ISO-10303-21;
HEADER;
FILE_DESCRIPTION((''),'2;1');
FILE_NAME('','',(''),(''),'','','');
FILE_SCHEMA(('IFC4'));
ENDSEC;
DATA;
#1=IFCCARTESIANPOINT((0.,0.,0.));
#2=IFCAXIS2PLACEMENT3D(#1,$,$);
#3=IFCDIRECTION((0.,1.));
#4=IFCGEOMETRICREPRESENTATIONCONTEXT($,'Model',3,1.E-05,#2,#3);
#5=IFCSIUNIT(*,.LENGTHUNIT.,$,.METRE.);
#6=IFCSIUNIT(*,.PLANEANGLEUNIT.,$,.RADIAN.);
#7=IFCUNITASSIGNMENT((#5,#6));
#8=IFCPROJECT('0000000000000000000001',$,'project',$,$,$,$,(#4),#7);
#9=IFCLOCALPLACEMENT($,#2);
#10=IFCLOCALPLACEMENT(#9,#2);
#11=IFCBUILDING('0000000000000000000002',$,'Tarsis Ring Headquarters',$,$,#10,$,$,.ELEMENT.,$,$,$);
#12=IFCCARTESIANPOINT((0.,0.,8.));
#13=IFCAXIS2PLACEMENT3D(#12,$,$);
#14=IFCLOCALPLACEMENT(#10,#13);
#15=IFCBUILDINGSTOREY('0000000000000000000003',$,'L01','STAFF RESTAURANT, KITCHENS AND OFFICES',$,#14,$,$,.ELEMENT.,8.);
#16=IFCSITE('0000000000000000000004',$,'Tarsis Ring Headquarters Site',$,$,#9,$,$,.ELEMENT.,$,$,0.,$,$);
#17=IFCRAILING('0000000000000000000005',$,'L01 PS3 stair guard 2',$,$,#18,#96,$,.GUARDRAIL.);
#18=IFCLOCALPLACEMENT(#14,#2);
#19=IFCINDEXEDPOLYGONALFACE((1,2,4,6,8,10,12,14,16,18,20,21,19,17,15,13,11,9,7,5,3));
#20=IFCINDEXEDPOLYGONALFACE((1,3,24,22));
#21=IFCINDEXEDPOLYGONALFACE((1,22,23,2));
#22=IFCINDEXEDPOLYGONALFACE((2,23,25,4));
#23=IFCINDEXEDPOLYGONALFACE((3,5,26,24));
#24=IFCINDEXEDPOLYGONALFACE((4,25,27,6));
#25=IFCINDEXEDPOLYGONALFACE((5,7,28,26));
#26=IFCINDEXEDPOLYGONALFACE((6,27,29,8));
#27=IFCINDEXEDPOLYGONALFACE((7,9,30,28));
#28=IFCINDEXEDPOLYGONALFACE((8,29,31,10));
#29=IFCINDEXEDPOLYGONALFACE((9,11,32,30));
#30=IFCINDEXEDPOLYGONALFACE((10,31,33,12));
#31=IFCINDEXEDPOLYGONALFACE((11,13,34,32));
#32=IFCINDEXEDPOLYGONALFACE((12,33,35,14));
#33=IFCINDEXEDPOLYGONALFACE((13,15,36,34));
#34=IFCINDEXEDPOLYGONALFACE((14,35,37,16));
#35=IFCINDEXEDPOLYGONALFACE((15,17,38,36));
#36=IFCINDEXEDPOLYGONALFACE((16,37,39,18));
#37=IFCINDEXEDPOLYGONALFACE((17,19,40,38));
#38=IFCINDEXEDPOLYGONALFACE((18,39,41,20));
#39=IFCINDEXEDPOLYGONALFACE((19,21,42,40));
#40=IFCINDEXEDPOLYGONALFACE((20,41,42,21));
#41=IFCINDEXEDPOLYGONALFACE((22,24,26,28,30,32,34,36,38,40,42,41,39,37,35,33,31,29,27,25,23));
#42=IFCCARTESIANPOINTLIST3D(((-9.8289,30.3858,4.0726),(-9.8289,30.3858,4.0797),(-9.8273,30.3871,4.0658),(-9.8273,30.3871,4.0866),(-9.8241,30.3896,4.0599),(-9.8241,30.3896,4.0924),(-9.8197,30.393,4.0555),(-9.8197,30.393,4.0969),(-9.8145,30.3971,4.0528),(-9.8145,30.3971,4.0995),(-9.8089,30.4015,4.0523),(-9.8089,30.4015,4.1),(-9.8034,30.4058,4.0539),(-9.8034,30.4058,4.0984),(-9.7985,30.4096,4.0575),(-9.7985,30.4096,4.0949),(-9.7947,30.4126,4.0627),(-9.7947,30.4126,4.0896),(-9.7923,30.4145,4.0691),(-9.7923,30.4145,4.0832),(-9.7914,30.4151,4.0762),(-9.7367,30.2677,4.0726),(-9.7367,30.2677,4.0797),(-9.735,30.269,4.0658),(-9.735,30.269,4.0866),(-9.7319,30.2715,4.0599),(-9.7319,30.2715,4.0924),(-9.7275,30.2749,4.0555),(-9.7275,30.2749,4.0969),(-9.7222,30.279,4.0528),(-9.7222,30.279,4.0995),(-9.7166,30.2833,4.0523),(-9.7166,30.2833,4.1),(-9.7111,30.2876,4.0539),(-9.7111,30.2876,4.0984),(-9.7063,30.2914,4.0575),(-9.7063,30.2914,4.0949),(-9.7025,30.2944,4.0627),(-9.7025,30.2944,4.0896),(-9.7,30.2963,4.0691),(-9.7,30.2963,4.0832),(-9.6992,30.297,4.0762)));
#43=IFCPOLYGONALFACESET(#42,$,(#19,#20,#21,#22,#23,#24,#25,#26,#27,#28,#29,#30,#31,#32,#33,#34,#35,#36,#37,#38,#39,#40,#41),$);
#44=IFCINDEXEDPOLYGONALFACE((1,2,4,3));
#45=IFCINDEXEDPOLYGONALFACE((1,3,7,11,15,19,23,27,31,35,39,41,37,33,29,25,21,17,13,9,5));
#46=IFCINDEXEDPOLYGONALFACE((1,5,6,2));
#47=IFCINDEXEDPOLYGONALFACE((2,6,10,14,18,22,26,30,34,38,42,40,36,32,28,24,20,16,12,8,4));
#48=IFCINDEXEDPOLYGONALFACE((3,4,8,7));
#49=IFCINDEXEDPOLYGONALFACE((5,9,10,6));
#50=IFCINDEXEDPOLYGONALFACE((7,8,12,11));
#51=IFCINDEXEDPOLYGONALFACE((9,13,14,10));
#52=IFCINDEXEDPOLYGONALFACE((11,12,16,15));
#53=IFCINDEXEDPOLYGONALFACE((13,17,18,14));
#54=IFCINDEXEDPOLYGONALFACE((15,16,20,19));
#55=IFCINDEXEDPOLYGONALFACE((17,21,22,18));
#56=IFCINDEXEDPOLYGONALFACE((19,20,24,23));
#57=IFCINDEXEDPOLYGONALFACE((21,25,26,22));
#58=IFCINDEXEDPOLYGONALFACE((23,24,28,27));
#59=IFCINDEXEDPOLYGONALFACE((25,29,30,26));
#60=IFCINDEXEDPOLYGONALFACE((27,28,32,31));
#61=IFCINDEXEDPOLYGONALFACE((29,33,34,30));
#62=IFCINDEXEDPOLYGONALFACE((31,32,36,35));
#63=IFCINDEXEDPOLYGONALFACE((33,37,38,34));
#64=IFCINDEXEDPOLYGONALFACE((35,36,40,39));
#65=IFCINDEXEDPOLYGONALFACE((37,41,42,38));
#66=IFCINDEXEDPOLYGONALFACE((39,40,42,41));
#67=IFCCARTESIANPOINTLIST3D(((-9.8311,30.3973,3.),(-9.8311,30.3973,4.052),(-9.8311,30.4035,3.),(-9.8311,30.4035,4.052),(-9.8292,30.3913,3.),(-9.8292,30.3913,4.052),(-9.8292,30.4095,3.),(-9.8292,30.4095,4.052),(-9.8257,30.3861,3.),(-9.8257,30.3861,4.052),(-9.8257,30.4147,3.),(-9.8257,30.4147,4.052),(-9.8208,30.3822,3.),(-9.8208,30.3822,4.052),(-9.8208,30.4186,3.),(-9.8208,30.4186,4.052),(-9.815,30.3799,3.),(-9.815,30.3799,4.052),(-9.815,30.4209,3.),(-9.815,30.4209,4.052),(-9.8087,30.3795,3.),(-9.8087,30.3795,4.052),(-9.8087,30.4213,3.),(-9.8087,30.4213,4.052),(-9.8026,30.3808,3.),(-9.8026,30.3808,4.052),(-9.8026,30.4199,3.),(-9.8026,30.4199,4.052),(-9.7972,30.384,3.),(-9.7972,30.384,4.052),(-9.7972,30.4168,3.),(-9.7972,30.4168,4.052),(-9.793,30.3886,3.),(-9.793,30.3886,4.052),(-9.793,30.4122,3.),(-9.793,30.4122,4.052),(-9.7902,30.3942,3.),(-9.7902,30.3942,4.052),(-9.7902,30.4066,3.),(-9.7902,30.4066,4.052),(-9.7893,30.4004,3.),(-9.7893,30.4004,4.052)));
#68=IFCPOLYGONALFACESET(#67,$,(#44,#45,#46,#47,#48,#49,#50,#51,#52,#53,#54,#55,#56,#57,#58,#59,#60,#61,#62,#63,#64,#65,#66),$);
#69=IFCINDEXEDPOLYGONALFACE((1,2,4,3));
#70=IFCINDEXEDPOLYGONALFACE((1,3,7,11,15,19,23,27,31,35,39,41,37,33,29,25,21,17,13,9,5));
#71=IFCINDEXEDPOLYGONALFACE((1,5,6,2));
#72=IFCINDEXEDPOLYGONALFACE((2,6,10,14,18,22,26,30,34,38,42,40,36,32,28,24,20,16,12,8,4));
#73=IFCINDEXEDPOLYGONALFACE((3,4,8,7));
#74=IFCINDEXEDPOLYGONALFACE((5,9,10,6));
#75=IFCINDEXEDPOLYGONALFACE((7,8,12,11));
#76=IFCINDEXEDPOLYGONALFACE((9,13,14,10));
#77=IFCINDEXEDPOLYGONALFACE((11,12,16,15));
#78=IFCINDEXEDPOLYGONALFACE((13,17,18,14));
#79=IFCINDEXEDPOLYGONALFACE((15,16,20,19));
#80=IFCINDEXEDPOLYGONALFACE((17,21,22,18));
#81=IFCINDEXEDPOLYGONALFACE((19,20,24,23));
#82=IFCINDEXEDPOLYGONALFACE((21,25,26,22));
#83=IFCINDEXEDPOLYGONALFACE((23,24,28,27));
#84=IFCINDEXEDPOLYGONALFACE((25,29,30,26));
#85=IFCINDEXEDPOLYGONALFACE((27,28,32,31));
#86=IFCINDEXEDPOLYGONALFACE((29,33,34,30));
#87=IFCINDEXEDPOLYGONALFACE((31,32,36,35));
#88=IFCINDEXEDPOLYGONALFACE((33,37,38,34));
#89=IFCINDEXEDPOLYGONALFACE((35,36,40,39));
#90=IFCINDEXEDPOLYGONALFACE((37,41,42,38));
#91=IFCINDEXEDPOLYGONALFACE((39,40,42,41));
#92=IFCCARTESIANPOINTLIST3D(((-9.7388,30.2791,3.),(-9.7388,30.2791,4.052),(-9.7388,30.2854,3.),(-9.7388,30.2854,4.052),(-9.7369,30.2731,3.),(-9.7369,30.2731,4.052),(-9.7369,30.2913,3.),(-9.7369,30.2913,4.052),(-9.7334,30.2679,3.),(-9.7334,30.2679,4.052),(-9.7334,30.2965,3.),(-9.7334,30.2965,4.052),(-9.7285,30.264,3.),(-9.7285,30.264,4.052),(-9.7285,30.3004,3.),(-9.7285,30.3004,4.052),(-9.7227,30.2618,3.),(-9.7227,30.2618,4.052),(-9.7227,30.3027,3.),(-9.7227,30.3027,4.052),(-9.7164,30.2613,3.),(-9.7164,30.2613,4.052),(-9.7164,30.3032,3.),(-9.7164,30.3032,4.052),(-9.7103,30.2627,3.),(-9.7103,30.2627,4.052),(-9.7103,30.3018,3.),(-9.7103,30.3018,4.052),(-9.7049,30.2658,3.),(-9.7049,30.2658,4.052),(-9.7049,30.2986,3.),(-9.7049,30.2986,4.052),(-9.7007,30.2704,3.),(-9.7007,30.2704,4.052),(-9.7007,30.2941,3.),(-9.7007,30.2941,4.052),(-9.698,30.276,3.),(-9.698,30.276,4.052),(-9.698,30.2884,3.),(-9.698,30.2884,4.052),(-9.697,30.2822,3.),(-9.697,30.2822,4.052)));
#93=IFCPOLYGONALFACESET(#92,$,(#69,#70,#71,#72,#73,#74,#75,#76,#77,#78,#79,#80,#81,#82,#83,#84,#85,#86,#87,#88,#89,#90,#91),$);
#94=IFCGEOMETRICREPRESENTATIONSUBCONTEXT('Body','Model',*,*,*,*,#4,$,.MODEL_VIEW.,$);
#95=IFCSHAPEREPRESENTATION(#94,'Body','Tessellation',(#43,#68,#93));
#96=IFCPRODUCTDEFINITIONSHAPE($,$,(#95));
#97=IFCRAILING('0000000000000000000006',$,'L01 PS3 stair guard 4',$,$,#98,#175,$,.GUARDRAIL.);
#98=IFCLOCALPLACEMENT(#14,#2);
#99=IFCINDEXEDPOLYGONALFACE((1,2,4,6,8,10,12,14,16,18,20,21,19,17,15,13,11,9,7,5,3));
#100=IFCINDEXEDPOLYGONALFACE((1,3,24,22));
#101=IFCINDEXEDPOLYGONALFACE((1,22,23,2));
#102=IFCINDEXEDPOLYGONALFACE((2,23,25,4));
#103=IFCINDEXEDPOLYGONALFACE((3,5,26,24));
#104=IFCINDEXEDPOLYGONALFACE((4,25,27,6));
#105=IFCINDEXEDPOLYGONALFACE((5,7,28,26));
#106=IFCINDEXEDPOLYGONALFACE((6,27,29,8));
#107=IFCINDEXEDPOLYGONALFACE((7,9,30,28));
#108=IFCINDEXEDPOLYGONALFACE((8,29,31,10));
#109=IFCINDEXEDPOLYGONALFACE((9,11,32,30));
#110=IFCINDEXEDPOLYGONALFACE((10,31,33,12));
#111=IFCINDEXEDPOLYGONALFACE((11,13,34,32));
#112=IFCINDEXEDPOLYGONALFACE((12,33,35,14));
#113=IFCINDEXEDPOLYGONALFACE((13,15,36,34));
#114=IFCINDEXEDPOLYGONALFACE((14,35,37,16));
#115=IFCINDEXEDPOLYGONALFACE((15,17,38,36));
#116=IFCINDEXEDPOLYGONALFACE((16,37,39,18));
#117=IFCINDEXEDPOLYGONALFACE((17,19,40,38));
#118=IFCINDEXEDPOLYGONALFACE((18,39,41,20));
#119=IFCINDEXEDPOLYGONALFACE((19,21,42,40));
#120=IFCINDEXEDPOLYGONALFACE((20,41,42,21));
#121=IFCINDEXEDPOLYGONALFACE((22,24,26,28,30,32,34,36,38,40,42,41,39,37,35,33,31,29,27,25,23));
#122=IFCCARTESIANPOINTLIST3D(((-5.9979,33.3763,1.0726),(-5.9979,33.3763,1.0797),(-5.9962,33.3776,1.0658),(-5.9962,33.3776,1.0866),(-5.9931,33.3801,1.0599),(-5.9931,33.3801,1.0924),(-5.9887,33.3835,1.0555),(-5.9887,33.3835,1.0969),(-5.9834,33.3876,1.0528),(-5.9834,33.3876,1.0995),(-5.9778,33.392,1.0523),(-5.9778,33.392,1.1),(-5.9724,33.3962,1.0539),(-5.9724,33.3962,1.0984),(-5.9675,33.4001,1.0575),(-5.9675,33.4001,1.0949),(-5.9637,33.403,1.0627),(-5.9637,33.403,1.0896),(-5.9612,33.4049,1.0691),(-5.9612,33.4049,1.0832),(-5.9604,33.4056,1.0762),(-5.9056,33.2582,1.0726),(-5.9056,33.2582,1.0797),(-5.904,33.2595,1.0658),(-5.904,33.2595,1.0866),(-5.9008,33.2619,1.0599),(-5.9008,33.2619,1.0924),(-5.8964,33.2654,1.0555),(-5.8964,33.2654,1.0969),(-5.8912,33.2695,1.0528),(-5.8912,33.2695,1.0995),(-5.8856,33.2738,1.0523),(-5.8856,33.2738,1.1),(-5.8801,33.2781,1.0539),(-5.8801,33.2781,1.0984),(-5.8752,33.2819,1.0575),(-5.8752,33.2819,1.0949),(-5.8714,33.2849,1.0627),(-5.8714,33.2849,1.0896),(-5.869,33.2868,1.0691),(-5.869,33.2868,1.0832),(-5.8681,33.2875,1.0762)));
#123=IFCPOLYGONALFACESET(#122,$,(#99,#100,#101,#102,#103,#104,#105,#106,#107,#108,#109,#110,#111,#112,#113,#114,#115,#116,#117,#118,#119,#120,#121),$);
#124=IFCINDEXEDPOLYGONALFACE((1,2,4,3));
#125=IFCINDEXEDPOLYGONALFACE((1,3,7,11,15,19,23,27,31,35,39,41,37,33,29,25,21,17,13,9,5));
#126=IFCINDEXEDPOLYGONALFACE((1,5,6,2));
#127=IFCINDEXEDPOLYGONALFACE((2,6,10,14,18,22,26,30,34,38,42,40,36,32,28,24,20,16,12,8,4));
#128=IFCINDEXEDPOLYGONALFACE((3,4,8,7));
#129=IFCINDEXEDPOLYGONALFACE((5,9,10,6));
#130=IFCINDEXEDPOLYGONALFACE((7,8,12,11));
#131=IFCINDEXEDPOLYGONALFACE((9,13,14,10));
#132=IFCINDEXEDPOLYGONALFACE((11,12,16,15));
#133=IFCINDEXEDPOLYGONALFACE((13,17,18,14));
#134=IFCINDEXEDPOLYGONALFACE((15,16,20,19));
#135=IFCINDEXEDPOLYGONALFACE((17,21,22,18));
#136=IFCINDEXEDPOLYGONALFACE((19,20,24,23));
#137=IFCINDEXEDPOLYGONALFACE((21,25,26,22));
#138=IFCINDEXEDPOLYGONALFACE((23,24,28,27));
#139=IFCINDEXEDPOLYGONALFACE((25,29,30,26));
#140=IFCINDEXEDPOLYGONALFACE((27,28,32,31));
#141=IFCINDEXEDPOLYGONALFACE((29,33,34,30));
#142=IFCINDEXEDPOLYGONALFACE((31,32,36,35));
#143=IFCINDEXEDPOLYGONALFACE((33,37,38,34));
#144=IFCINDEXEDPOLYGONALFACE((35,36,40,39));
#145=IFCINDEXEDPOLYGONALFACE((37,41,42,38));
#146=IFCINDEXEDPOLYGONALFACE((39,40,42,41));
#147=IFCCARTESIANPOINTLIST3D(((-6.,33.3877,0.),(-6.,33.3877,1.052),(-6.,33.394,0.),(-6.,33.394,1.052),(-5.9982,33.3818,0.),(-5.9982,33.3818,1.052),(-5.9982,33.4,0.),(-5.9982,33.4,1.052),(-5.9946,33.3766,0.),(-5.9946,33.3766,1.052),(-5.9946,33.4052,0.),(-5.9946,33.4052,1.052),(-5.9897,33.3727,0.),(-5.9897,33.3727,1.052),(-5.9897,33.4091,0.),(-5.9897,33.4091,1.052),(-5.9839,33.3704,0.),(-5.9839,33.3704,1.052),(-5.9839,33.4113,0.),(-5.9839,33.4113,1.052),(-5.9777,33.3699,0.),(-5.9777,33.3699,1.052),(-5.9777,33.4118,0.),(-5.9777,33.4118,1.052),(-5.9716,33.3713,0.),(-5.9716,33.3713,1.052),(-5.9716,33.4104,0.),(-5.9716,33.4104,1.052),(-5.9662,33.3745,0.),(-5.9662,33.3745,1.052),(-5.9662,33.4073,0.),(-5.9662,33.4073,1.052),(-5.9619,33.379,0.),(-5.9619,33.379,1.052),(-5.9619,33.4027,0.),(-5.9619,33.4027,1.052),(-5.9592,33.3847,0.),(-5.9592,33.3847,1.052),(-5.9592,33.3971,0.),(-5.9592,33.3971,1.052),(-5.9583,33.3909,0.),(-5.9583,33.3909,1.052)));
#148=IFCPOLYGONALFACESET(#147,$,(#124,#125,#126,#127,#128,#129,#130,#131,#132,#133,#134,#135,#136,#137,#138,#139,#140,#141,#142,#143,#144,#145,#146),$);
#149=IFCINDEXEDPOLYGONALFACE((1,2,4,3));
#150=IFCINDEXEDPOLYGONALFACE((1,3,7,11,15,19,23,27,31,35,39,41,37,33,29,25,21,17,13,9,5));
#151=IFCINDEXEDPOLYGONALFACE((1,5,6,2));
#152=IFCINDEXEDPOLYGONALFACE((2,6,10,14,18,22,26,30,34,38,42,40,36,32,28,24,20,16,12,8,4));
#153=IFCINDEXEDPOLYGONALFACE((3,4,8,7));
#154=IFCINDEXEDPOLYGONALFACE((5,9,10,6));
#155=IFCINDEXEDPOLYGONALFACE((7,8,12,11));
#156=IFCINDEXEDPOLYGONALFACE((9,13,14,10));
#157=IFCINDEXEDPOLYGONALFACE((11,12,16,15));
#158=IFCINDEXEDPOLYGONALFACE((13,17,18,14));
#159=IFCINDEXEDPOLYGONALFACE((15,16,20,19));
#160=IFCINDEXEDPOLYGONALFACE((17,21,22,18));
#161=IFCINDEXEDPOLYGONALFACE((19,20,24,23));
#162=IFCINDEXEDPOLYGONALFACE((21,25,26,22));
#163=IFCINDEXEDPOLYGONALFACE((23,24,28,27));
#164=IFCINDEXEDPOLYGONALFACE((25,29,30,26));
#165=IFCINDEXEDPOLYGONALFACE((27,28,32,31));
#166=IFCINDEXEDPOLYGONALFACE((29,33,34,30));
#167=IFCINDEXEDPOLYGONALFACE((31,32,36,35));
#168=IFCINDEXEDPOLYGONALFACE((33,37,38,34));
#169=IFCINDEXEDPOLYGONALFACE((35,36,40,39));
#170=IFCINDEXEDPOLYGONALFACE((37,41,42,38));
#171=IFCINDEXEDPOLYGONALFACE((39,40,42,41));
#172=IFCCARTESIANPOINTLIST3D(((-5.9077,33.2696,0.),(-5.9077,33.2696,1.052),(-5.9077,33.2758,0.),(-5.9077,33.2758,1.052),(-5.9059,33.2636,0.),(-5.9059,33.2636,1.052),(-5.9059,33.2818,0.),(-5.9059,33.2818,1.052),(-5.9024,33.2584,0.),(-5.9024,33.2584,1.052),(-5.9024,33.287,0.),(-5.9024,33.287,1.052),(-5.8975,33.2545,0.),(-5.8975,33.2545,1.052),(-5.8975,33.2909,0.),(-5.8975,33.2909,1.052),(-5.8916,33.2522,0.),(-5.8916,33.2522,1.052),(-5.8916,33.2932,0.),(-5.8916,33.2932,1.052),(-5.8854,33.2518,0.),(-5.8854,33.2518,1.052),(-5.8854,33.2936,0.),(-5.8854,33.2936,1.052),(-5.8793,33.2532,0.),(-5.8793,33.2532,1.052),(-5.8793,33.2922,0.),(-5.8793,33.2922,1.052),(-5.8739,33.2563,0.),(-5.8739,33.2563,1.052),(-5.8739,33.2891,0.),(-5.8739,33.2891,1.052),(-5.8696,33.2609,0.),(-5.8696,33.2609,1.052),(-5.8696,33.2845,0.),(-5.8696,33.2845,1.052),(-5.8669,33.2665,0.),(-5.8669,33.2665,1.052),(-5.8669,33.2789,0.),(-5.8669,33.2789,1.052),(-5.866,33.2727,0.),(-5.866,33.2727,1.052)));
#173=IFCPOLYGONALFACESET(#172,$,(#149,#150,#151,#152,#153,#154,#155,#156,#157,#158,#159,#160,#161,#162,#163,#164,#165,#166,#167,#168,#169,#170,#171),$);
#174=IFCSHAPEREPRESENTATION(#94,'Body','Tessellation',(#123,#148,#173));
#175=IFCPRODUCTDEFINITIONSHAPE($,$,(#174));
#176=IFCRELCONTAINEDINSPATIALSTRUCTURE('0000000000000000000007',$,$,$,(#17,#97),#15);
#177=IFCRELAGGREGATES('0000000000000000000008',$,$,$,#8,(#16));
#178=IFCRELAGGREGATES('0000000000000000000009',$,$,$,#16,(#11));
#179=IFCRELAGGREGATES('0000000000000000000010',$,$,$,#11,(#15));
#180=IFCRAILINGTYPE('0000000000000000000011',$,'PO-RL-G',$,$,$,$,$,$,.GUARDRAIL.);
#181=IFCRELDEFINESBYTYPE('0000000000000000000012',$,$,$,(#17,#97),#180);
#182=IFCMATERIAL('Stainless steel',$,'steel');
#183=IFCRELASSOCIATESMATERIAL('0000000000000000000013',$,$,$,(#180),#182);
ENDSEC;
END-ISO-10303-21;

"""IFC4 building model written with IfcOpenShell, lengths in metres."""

from ifc_helpers import new_model, si_unit, direction, frame, origin, origin_2d, place, context, subcontext, project, spatial, circle, extrude, material, type_object, element, save


model = new_model("IFC4")

# Units and contexts
model_context = context("Model", 3, precision=1e-05, world=origin(), true_north=direction((0.0, 1.0)))
body_context = subcontext(model_context, "Body", "Model", "MODEL_VIEW")
ifc_project = project(units=[si_unit("LENGTHUNIT", "METRE"), si_unit("PLANEANGLEUNIT", "RADIAN")], contexts=[model_context])

# Site, building, storey
site_placement = place(None, origin())
site = spatial("IfcSite", under=ifc_project, at=site_placement, Name="Tarsis Ring Headquarters Site", CompositionType="ELEMENT", RefElevation=0.0)
building_placement = place(site_placement, origin())
building = spatial("IfcBuilding", under=site, at=building_placement, Name="Tarsis Ring Headquarters", CompositionType="ELEMENT")
storey_placement = place(building_placement, frame((0.0, 0.0, 8.0)))
storey = spatial("IfcBuildingStorey", under=building, at=storey_placement, Name="L01", Description="STAFF RESTAURANT, KITCHENS AND OFFICES", CompositionType="ELEMENT", Elevation=8.0)

# Railings
ifc_material_1 = material(Name="Stainless steel", Category="steel")
railing_type_1 = type_object("IfcRailingType", Name="PO-RL-G", PredefinedType="GUARDRAIL", material=ifc_material_1)
railing_1_placement = place(storey_placement, frame((-9.8103, 30.4004, 3.0)))
element("IfcRailing", 1, at=railing_1_placement, inside=storey, type_object=railing_type_1, Name="L01 PS3 stair guard 2", PredefinedType="GUARDRAIL", context=body_context, shape_type="SweptSolid", body=[
    extrude(circle(Radius=0.0239, at=origin_2d()), frame((0.0, 0.0, 1.0762), z_axis=(0.615518, -0.788123, 0.0), x_axis=(0.788123, 0.615518, 0.0)), (0.0, 0.0, 1.0), 0.1499),
    extrude(circle(Radius=0.021, at=origin_2d()), origin(), (0.0, 0.0, 1.0), 1.052),
    extrude(circle(Radius=0.021, at=origin_2d()), frame((0.0923, -0.1182, 0.0)), (0.0, 0.0, 1.0), 1.052),
])
railing_2_placement = place(storey_placement, frame((-5.9792, 33.3909, 0.0)))
element("IfcRailing", 2, at=railing_2_placement, inside=storey, type_object=railing_type_1, Name="L01 PS3 stair guard 4", PredefinedType="GUARDRAIL", context=body_context, shape_type="SweptSolid", body=[
    extrude(circle(Radius=0.0239, at=origin_2d()), frame((0.0, 0.0, 1.0762), z_axis=(0.615518, -0.788123, 0.0), x_axis=(0.788123, 0.615518, 0.0)), (0.0, 0.0, 1.0), 0.1499),
    extrude(circle(Radius=0.021, at=origin_2d()), origin(), (0.0, 0.0, 1.0), 1.052),
    extrude(circle(Radius=0.021, at=origin_2d()), frame((0.0923, -0.1182, 0.0)), (0.0, 0.0, 1.0), 1.052),
])

save(model, "model.ifc")
